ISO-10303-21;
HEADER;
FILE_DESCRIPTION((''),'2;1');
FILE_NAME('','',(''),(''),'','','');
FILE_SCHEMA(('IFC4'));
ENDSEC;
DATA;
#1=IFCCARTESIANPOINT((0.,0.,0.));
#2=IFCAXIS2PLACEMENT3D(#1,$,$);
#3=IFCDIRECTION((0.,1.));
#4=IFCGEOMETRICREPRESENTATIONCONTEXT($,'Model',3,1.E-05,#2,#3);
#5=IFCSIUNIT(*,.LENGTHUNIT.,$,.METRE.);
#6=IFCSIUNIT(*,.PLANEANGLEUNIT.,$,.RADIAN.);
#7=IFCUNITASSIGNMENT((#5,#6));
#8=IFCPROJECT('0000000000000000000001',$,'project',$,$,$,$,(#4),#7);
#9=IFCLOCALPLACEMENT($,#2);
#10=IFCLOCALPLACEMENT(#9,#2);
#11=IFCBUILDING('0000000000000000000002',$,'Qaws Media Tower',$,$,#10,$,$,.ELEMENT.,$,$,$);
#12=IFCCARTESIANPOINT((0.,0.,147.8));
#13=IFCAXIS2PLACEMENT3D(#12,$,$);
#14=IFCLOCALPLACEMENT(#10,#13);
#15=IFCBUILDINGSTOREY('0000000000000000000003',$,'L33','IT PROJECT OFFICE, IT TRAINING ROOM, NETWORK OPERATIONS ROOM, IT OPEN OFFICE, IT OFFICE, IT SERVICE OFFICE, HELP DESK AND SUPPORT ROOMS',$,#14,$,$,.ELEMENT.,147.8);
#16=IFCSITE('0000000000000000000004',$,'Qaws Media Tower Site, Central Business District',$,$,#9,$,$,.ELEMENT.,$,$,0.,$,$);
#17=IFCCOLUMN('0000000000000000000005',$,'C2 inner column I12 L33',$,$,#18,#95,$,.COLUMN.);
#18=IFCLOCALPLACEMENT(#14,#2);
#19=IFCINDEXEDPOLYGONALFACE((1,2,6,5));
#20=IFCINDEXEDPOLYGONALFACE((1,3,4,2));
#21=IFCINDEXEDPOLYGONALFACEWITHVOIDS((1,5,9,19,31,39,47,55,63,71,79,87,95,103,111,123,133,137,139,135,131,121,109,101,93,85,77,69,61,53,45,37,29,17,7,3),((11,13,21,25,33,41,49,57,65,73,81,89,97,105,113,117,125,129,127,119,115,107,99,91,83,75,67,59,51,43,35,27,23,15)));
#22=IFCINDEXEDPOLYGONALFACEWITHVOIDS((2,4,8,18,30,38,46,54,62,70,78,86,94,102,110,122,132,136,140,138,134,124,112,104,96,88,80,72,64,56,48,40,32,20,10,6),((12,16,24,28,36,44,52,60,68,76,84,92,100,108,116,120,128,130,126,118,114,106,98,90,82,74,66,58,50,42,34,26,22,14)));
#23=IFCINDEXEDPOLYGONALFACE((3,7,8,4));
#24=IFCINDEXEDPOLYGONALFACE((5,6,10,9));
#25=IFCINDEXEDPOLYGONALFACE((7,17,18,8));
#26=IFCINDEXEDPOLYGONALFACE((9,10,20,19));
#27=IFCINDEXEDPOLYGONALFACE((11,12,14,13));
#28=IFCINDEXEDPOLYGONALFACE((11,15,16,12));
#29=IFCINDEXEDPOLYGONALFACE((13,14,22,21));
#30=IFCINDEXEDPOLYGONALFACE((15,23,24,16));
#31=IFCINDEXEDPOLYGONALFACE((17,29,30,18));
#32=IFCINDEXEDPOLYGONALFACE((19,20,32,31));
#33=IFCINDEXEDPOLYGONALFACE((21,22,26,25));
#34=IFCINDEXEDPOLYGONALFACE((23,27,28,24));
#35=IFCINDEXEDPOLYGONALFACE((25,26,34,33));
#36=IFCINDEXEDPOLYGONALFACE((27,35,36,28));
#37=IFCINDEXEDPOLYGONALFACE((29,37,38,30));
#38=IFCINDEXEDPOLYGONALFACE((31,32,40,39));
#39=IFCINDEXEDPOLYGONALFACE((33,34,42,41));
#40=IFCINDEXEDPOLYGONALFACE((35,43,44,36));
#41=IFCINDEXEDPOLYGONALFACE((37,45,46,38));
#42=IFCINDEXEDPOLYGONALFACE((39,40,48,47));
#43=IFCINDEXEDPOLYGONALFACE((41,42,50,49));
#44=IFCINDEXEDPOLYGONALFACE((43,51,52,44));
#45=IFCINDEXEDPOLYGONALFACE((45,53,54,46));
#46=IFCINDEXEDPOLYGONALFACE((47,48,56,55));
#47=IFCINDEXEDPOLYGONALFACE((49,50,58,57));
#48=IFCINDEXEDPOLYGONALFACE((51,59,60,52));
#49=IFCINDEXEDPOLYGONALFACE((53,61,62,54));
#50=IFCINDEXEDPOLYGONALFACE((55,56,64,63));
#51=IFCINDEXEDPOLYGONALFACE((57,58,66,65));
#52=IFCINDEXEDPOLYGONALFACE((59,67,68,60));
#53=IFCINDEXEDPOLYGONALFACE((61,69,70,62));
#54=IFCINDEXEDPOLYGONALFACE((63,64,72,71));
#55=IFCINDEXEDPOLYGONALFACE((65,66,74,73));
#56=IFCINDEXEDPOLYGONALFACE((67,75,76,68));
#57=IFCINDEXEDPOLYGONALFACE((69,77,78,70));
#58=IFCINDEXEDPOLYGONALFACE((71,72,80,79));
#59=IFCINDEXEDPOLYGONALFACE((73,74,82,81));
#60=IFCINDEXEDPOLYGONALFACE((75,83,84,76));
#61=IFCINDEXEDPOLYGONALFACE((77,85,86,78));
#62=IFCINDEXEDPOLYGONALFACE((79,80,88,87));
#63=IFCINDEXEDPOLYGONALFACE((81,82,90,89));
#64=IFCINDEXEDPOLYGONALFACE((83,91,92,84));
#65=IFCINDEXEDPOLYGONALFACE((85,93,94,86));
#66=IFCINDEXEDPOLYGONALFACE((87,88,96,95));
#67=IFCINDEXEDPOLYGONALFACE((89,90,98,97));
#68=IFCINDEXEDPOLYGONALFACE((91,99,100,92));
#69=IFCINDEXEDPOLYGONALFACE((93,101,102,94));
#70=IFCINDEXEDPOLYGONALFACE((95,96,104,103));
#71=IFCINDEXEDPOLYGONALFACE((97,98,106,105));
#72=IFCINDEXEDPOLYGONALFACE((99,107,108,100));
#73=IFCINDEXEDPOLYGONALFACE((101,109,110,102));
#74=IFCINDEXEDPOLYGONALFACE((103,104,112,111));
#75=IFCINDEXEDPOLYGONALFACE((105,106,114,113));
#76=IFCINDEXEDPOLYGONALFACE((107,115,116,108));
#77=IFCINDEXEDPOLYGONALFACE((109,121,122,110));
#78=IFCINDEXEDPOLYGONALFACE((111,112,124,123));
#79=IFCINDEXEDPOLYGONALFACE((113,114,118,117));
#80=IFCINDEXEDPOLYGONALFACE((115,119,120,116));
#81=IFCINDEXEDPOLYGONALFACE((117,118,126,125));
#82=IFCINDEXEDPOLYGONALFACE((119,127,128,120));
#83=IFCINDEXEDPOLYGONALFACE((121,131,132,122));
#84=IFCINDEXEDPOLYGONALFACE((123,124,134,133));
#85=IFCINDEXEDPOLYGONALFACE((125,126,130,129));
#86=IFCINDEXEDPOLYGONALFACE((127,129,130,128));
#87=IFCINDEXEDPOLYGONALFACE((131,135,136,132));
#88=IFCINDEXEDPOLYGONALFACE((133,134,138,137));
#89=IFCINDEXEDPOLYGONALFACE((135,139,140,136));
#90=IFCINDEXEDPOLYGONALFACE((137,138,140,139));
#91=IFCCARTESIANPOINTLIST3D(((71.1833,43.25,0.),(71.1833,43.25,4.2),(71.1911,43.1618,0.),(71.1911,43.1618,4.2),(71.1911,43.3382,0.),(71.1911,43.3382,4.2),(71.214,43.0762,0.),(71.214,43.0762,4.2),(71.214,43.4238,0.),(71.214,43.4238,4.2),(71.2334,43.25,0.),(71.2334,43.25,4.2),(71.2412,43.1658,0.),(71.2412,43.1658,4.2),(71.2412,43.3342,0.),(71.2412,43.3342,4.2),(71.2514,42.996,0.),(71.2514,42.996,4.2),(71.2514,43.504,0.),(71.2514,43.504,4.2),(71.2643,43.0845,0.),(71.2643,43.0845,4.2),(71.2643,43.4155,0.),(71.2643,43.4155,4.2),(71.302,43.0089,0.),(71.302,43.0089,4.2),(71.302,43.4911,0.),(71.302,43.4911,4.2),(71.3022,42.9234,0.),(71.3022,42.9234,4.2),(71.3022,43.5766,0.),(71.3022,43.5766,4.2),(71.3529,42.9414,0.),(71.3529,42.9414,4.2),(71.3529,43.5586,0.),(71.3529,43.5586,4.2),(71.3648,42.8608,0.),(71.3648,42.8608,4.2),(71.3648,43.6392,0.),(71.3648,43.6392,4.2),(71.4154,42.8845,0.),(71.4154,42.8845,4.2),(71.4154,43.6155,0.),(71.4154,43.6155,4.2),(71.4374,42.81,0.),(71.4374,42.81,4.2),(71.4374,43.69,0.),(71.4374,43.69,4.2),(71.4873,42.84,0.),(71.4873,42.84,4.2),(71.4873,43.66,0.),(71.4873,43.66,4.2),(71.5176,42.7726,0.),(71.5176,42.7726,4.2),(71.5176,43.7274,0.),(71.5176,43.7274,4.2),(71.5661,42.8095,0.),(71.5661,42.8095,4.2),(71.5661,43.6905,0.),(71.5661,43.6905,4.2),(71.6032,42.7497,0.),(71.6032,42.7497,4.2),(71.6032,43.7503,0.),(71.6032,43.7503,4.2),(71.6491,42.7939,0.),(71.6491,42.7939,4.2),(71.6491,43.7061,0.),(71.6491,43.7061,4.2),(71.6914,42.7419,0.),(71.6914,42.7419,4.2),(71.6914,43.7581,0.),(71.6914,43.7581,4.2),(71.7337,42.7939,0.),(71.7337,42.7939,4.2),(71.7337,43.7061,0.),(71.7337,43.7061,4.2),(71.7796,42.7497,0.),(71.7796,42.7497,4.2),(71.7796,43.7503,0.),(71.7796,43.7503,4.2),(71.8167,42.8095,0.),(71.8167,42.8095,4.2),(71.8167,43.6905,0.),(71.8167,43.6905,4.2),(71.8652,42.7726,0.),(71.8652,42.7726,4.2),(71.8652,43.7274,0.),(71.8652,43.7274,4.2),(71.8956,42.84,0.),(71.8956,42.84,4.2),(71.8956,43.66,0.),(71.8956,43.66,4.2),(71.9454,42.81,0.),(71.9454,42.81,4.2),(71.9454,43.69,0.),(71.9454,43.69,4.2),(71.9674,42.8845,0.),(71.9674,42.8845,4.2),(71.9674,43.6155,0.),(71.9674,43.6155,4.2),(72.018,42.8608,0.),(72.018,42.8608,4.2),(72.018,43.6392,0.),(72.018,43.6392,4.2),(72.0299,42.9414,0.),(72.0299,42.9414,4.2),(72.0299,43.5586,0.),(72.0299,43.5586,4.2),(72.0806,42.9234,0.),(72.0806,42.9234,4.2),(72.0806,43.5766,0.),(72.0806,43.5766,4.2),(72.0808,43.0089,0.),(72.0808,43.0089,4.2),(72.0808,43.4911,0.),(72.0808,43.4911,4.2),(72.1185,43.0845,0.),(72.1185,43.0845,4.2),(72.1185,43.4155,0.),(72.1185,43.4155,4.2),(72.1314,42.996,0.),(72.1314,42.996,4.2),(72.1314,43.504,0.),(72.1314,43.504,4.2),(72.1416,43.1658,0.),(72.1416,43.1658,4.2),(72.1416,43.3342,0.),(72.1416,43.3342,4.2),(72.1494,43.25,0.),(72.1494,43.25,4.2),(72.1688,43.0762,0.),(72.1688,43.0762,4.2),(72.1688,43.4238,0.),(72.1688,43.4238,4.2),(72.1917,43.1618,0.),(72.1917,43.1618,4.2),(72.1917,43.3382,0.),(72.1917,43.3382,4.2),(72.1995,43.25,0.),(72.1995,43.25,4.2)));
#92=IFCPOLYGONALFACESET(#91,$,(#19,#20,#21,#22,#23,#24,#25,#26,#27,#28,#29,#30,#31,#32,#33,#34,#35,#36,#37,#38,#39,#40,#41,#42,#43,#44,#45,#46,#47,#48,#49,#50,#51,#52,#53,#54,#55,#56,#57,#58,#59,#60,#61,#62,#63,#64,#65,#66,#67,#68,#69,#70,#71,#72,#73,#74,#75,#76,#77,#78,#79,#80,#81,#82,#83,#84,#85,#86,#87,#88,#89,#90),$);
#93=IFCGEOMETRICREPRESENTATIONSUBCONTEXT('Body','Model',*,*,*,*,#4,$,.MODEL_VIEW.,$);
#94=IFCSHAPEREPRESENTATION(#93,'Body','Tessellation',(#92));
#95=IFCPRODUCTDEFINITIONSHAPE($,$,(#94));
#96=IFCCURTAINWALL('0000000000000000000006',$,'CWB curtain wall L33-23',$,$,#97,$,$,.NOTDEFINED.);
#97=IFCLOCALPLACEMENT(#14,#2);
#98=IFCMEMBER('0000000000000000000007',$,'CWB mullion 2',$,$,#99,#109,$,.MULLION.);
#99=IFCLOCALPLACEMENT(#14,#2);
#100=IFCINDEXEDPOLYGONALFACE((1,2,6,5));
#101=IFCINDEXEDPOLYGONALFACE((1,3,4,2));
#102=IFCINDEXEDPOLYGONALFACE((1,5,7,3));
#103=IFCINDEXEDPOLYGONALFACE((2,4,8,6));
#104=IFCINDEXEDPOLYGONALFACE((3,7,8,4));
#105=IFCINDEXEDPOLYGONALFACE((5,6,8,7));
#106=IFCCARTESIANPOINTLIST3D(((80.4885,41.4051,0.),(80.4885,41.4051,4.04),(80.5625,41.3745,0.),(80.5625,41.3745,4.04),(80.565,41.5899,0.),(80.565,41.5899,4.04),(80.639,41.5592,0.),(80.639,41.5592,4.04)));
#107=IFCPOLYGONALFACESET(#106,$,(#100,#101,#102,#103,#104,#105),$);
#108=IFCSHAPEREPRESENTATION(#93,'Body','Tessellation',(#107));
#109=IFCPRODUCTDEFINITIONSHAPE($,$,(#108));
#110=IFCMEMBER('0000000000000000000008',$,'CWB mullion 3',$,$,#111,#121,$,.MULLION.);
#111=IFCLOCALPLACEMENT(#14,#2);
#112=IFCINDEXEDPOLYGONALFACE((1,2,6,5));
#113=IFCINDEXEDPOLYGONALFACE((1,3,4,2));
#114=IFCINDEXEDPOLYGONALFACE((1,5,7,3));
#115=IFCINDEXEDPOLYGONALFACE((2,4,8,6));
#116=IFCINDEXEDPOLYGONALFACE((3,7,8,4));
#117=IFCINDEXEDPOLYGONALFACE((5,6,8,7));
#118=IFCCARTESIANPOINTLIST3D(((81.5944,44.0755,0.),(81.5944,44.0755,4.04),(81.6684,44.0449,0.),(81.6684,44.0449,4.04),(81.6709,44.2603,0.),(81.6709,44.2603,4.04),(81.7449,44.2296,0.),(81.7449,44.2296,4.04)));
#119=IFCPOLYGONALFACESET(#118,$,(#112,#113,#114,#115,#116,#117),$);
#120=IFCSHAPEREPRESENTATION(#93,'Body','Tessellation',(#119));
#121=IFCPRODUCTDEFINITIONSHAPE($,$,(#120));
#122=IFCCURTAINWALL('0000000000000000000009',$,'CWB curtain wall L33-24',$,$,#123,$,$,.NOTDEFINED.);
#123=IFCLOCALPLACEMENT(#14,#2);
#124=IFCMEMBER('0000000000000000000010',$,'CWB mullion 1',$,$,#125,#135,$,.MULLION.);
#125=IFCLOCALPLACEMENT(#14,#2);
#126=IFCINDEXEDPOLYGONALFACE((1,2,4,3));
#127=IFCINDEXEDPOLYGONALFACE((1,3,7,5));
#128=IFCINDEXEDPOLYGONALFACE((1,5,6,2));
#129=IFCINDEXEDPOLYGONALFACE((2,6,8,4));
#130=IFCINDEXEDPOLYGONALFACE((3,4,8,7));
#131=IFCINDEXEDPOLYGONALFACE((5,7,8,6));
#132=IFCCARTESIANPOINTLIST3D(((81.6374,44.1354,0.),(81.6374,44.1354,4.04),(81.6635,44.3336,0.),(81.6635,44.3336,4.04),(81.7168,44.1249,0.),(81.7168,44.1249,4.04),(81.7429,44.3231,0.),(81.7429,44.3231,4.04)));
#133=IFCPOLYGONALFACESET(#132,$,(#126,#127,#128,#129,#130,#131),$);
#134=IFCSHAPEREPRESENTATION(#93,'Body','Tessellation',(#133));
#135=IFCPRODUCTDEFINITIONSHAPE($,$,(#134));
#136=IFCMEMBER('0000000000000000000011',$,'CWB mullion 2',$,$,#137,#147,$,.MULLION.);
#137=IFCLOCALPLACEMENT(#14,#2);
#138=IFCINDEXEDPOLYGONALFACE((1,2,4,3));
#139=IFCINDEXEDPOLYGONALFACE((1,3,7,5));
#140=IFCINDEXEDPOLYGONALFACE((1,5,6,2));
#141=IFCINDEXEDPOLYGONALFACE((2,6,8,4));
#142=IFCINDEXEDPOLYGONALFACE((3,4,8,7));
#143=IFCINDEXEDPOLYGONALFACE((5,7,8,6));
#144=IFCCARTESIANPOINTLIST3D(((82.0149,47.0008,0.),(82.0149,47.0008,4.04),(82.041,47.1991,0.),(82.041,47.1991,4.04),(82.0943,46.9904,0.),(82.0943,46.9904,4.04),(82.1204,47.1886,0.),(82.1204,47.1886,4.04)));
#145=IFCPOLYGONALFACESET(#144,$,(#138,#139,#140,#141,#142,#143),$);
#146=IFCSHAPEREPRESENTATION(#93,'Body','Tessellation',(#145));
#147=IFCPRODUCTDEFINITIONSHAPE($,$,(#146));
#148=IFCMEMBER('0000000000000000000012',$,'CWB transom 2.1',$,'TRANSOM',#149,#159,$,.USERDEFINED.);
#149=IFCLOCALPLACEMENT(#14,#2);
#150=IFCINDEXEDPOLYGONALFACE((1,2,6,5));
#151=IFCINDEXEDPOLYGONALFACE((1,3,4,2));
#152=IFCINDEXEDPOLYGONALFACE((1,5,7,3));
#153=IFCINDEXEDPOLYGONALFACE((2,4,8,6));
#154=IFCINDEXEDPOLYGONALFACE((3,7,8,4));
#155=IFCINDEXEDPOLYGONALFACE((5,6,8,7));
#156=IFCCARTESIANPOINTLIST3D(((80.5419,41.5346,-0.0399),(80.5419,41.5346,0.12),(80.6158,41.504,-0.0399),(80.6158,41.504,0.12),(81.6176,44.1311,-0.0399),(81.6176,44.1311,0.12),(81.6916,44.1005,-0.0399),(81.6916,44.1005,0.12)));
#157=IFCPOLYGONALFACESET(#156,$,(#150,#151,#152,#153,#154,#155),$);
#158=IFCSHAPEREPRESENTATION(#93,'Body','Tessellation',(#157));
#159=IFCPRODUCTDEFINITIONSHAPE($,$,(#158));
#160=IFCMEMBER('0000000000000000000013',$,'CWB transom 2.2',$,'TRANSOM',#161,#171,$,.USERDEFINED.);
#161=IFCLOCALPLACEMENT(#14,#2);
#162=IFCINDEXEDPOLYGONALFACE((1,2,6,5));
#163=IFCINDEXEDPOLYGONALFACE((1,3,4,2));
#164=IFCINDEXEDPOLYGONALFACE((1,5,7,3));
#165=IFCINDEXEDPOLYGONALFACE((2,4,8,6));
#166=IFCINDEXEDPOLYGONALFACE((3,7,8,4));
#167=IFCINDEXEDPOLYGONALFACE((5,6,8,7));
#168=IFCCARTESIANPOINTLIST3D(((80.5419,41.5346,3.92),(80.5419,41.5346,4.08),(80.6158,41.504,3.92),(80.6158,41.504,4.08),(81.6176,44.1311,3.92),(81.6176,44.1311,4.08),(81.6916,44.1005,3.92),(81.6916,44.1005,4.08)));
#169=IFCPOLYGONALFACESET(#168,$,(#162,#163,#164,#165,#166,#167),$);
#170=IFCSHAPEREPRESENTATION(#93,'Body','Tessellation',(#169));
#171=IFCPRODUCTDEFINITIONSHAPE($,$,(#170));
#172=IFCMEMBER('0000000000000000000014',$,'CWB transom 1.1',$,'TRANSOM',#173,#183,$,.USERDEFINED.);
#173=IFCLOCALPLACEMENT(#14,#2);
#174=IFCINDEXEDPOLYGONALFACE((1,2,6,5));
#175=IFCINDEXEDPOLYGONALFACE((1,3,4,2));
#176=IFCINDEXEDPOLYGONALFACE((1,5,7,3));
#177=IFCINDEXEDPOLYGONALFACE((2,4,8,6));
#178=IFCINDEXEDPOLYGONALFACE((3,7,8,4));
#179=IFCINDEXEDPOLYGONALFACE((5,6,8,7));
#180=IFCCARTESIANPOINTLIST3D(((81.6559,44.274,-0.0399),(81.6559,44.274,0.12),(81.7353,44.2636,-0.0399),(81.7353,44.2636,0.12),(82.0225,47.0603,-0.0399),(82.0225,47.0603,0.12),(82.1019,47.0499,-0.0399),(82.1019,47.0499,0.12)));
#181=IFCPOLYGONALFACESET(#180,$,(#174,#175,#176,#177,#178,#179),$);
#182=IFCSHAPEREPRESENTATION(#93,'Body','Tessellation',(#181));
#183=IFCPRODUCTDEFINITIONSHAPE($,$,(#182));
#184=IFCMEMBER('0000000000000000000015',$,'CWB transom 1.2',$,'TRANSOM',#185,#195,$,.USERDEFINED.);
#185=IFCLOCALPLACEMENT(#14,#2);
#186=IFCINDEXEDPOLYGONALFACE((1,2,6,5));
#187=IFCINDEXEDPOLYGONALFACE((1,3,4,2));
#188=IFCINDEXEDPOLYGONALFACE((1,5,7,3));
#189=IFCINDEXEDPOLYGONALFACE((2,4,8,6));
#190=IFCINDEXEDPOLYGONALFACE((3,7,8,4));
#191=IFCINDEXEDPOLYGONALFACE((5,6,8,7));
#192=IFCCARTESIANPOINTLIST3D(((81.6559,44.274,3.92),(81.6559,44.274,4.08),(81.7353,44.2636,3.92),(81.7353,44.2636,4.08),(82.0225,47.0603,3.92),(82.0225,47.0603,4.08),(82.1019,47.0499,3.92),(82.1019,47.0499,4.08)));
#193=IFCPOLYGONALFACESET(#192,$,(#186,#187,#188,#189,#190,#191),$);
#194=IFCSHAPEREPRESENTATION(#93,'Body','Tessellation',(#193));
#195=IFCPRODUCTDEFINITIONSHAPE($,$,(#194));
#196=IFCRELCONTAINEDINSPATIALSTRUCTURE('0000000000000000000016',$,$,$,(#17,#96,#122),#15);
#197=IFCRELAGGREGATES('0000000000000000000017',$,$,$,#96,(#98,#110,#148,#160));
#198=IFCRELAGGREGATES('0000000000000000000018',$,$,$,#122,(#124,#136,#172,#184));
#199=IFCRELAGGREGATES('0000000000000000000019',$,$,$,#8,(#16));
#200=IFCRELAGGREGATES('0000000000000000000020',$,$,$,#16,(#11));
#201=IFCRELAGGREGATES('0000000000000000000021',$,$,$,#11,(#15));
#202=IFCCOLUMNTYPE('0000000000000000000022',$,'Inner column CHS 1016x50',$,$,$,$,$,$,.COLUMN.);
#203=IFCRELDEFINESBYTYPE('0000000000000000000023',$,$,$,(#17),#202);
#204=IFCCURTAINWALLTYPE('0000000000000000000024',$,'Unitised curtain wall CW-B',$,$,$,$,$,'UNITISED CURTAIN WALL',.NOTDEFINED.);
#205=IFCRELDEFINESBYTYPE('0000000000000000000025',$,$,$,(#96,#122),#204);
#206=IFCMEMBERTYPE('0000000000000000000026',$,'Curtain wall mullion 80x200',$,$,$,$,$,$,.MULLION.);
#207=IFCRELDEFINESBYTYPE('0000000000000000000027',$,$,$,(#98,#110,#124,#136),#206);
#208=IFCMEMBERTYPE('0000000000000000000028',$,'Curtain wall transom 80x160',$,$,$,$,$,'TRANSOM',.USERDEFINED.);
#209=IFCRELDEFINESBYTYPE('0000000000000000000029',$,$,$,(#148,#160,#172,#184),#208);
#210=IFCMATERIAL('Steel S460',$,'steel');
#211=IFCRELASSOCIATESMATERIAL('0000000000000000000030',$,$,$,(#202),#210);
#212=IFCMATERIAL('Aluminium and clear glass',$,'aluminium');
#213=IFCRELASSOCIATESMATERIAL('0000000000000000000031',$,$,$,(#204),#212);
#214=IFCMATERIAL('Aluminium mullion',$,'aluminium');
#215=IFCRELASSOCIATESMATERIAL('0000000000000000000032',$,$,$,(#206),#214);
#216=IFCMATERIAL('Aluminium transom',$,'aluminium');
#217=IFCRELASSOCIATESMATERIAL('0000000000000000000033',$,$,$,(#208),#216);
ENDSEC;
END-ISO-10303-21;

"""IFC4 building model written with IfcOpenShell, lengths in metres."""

from ifc_helpers import new_model, si_unit, direction, frame, origin, origin_2d, place, context, subcontext, project, spatial, rectangle, hollow_circle, extrude, material, material_profile, profile_set, type_object, element, aggregate, save


model = new_model("IFC4")

# Units and contexts
model_context = context("Model", 3, precision=1e-05, world=origin(), true_north=direction((0.0, 1.0)))
body_context = subcontext(model_context, "Body", "Model", "MODEL_VIEW")
ifc_project = project(units=[si_unit("LENGTHUNIT", "METRE"), si_unit("PLANEANGLEUNIT", "RADIAN")], contexts=[model_context])

# Site, building, storey
site_placement = place(None, origin())
site = spatial("IfcSite", under=ifc_project, at=site_placement, Name="Qaws Media Tower Site, Central Business District", CompositionType="ELEMENT", RefElevation=0.0)
building_placement = place(site_placement, origin())
building = spatial("IfcBuilding", under=site, at=building_placement, Name="Qaws Media Tower", CompositionType="ELEMENT")
storey_placement = place(building_placement, frame((0.0, 0.0, 147.8)))
storey = spatial("IfcBuildingStorey", under=building, at=storey_placement, Name="L33", Description="IT PROJECT OFFICE, IT TRAINING ROOM, NETWORK OPERATIONS ROOM, IT OPEN OFFICE, IT OFFICE, IT SERVICE OFFICE, HELP DESK AND SUPPORT ROOMS", CompositionType="ELEMENT", Elevation=147.8)

# Column
ifc_material_1 = material(Name="Steel S460", Category="steel")
ifc_material_profile_1 = material_profile(ifc_material_1, hollow_circle(Radius=0.5081, WallThickness=0.05, at=origin_2d()), Name="CHS 1016x50")
ifc_profile_set_1 = profile_set([ifc_material_profile_1], Name="Steel S460")
column_type = type_object("IfcColumnType", Name="Inner column CHS 1016x50", PredefinedType="COLUMN", material=ifc_profile_set_1)
column_placement = place(storey_placement, frame((71.6914, 43.25, 0.0), z_axis=(0.0, 0.0, 1.0), x_axis=(1.0, 0.0, 0.0)))
element("IfcColumn", 1, at=column_placement, inside=storey, type_object=column_type, Name="C2 inner column I12 L33", PredefinedType="COLUMN", context=body_context, shape_type="SweptSolid", body=[
    extrude(hollow_circle(Radius=0.5081, WallThickness=0.05, at=origin_2d()), origin(), (0.0, 0.0, 1.0), 4.2),
])

# Curtain walls, members
ifc_material_2 = material(Name="Aluminium and clear glass", Category="aluminium")
curtain_wall_type = type_object("IfcCurtainWallType", Name="Unitised curtain wall CW-B", ElementType="UNITISED CURTAIN WALL", PredefinedType="NOTDEFINED", material=ifc_material_2)
curtain_wall_1_placement = place(storey_placement, origin())
curtain_wall_1 = element("IfcCurtainWall", 2, at=curtain_wall_1_placement, inside=storey, type_object=curtain_wall_type, Name="CWB curtain wall L33-23", PredefinedType="NOTDEFINED")
ifc_material_3 = material(Name="Aluminium mullion", Category="aluminium")
ifc_material_profile_2 = material_profile(ifc_material_3, rectangle(XDim=0.0801, YDim=0.2, at=origin_2d()), Name="80x200")
ifc_profile_set_2 = profile_set([ifc_material_profile_2], Name="Aluminium mullion")
member_type_1 = type_object("IfcMemberType", Name="Curtain wall mullion 80x200", PredefinedType="MULLION", material=ifc_profile_set_2)
member_1_placement = place(storey_placement, frame((80.5637, 41.4822, 0.0), z_axis=(0.0, 0.0, 1.0), x_axis=(-0.923879, 0.382684, 0.0)))
member_1 = element("IfcMember", 3, at=member_1_placement, type_object=member_type_1, Name="CWB mullion 2", PredefinedType="MULLION", context=body_context, shape_type="SweptSolid", body=[
    extrude(rectangle(XDim=0.0801, YDim=0.2, at=origin_2d()), origin(), (0.0, 0.0, 1.0), 4.04),
])
member_2_placement = place(storey_placement, frame((81.6697, 44.1526, 0.0), z_axis=(0.0, 0.0, 1.0), x_axis=(-0.923879, 0.382684, 0.0)))
member_2 = element("IfcMember", 4, at=member_2_placement, type_object=member_type_1, Name="CWB mullion 3", PredefinedType="MULLION", context=body_context, shape_type="SweptSolid", body=[
    extrude(rectangle(XDim=0.0801, YDim=0.2, at=origin_2d()), origin(), (0.0, 0.0, 1.0), 4.04),
])
curtain_wall_2_placement = place(storey_placement, origin())
curtain_wall_2 = element("IfcCurtainWall", 5, at=curtain_wall_2_placement, inside=storey, type_object=curtain_wall_type, Name="CWB curtain wall L33-24", PredefinedType="NOTDEFINED")
member_3_placement = place(storey_placement, frame((81.6902, 44.2292, 0.0), z_axis=(0.0, 0.0, 1.0), x_axis=(-0.991445, 0.130526, 0.0)))
member_3 = element("IfcMember", 6, at=member_3_placement, type_object=member_type_1, Name="CWB mullion 1", PredefinedType="MULLION", context=body_context, shape_type="SweptSolid", body=[
    extrude(rectangle(XDim=0.0801, YDim=0.2, at=origin_2d()), origin(), (0.0, 0.0, 1.0), 4.04),
])
member_4_placement = place(storey_placement, frame((82.0676, 47.0947, 0.0), z_axis=(0.0, 0.0, 1.0), x_axis=(-0.991445, 0.130526, 0.0)))
member_4 = element("IfcMember", 7, at=member_4_placement, type_object=member_type_1, Name="CWB mullion 2", PredefinedType="MULLION", context=body_context, shape_type="SweptSolid", body=[
    extrude(rectangle(XDim=0.0801, YDim=0.2, at=origin_2d()), origin(), (0.0, 0.0, 1.0), 4.04),
])

# Members
ifc_material_4 = material(Name="Aluminium transom", Category="aluminium")
ifc_material_profile_3 = material_profile(ifc_material_4, rectangle(XDim=0.0801, YDim=0.1599, at=origin_2d()), Name="80x160")
ifc_profile_set_3 = profile_set([ifc_material_profile_3], Name="Aluminium transom")
member_type_2 = type_object("IfcMemberType", Name="Curtain wall transom 80x160", ElementType="TRANSOM", PredefinedType="USERDEFINED", material=ifc_profile_set_3)
member_5_placement = place(storey_placement, frame((80.5789, 41.5193, 0.04), z_axis=(0.382746, 0.923854, 0.0), x_axis=(-0.923854, 0.382746, 0.0)))
member_5 = element("IfcMember", 8, at=member_5_placement, type_object=member_type_2, Name="CWB transom 2.1", ObjectType="TRANSOM", PredefinedType="USERDEFINED", context=body_context, shape_type="SweptSolid", body=[
    extrude(rectangle(XDim=0.0801, YDim=0.1599, at=origin_2d()), origin(), (0.0, 0.0, 1.0), 2.8105),
])
member_6_placement = place(storey_placement, frame((80.5789, 41.5193, 4.0), z_axis=(0.382746, 0.923854, 0.0), x_axis=(-0.923854, 0.382746, 0.0)))
member_6 = element("IfcMember", 9, at=member_6_placement, type_object=member_type_2, Name="CWB transom 2.2", ObjectType="TRANSOM", PredefinedType="USERDEFINED", context=body_context, shape_type="SweptSolid", body=[
    extrude(rectangle(XDim=0.0801, YDim=0.1599, at=origin_2d()), origin(), (0.0, 0.0, 1.0), 2.8105),
])
member_7_placement = place(storey_placement, frame((81.6956, 44.2688, 0.04), z_axis=(0.130479, 0.991451, 0.0), x_axis=(-0.991451, 0.130479, 0.0)))
member_7 = element("IfcMember", 10, at=member_7_placement, type_object=member_type_2, Name="CWB transom 1.1", ObjectType="TRANSOM", PredefinedType="USERDEFINED", context=body_context, shape_type="SweptSolid", body=[
    extrude(rectangle(XDim=0.0801, YDim=0.1599, at=origin_2d()), origin(), (0.0, 0.0, 1.0), 2.8103),
])
member_8_placement = place(storey_placement, frame((81.6956, 44.2688, 4.0), z_axis=(0.130479, 0.991451, 0.0), x_axis=(-0.991451, 0.130479, 0.0)))
member_8 = element("IfcMember", 11, at=member_8_placement, type_object=member_type_2, Name="CWB transom 1.2", ObjectType="TRANSOM", PredefinedType="USERDEFINED", context=body_context, shape_type="SweptSolid", body=[
    extrude(rectangle(XDim=0.0801, YDim=0.1599, at=origin_2d()), origin(), (0.0, 0.0, 1.0), 2.8103),
])

aggregate(curtain_wall_1, [member_1, member_2, member_5, member_6])
aggregate(curtain_wall_2, [member_3, member_4, member_7, member_8])

save(model, "model.ifc")
